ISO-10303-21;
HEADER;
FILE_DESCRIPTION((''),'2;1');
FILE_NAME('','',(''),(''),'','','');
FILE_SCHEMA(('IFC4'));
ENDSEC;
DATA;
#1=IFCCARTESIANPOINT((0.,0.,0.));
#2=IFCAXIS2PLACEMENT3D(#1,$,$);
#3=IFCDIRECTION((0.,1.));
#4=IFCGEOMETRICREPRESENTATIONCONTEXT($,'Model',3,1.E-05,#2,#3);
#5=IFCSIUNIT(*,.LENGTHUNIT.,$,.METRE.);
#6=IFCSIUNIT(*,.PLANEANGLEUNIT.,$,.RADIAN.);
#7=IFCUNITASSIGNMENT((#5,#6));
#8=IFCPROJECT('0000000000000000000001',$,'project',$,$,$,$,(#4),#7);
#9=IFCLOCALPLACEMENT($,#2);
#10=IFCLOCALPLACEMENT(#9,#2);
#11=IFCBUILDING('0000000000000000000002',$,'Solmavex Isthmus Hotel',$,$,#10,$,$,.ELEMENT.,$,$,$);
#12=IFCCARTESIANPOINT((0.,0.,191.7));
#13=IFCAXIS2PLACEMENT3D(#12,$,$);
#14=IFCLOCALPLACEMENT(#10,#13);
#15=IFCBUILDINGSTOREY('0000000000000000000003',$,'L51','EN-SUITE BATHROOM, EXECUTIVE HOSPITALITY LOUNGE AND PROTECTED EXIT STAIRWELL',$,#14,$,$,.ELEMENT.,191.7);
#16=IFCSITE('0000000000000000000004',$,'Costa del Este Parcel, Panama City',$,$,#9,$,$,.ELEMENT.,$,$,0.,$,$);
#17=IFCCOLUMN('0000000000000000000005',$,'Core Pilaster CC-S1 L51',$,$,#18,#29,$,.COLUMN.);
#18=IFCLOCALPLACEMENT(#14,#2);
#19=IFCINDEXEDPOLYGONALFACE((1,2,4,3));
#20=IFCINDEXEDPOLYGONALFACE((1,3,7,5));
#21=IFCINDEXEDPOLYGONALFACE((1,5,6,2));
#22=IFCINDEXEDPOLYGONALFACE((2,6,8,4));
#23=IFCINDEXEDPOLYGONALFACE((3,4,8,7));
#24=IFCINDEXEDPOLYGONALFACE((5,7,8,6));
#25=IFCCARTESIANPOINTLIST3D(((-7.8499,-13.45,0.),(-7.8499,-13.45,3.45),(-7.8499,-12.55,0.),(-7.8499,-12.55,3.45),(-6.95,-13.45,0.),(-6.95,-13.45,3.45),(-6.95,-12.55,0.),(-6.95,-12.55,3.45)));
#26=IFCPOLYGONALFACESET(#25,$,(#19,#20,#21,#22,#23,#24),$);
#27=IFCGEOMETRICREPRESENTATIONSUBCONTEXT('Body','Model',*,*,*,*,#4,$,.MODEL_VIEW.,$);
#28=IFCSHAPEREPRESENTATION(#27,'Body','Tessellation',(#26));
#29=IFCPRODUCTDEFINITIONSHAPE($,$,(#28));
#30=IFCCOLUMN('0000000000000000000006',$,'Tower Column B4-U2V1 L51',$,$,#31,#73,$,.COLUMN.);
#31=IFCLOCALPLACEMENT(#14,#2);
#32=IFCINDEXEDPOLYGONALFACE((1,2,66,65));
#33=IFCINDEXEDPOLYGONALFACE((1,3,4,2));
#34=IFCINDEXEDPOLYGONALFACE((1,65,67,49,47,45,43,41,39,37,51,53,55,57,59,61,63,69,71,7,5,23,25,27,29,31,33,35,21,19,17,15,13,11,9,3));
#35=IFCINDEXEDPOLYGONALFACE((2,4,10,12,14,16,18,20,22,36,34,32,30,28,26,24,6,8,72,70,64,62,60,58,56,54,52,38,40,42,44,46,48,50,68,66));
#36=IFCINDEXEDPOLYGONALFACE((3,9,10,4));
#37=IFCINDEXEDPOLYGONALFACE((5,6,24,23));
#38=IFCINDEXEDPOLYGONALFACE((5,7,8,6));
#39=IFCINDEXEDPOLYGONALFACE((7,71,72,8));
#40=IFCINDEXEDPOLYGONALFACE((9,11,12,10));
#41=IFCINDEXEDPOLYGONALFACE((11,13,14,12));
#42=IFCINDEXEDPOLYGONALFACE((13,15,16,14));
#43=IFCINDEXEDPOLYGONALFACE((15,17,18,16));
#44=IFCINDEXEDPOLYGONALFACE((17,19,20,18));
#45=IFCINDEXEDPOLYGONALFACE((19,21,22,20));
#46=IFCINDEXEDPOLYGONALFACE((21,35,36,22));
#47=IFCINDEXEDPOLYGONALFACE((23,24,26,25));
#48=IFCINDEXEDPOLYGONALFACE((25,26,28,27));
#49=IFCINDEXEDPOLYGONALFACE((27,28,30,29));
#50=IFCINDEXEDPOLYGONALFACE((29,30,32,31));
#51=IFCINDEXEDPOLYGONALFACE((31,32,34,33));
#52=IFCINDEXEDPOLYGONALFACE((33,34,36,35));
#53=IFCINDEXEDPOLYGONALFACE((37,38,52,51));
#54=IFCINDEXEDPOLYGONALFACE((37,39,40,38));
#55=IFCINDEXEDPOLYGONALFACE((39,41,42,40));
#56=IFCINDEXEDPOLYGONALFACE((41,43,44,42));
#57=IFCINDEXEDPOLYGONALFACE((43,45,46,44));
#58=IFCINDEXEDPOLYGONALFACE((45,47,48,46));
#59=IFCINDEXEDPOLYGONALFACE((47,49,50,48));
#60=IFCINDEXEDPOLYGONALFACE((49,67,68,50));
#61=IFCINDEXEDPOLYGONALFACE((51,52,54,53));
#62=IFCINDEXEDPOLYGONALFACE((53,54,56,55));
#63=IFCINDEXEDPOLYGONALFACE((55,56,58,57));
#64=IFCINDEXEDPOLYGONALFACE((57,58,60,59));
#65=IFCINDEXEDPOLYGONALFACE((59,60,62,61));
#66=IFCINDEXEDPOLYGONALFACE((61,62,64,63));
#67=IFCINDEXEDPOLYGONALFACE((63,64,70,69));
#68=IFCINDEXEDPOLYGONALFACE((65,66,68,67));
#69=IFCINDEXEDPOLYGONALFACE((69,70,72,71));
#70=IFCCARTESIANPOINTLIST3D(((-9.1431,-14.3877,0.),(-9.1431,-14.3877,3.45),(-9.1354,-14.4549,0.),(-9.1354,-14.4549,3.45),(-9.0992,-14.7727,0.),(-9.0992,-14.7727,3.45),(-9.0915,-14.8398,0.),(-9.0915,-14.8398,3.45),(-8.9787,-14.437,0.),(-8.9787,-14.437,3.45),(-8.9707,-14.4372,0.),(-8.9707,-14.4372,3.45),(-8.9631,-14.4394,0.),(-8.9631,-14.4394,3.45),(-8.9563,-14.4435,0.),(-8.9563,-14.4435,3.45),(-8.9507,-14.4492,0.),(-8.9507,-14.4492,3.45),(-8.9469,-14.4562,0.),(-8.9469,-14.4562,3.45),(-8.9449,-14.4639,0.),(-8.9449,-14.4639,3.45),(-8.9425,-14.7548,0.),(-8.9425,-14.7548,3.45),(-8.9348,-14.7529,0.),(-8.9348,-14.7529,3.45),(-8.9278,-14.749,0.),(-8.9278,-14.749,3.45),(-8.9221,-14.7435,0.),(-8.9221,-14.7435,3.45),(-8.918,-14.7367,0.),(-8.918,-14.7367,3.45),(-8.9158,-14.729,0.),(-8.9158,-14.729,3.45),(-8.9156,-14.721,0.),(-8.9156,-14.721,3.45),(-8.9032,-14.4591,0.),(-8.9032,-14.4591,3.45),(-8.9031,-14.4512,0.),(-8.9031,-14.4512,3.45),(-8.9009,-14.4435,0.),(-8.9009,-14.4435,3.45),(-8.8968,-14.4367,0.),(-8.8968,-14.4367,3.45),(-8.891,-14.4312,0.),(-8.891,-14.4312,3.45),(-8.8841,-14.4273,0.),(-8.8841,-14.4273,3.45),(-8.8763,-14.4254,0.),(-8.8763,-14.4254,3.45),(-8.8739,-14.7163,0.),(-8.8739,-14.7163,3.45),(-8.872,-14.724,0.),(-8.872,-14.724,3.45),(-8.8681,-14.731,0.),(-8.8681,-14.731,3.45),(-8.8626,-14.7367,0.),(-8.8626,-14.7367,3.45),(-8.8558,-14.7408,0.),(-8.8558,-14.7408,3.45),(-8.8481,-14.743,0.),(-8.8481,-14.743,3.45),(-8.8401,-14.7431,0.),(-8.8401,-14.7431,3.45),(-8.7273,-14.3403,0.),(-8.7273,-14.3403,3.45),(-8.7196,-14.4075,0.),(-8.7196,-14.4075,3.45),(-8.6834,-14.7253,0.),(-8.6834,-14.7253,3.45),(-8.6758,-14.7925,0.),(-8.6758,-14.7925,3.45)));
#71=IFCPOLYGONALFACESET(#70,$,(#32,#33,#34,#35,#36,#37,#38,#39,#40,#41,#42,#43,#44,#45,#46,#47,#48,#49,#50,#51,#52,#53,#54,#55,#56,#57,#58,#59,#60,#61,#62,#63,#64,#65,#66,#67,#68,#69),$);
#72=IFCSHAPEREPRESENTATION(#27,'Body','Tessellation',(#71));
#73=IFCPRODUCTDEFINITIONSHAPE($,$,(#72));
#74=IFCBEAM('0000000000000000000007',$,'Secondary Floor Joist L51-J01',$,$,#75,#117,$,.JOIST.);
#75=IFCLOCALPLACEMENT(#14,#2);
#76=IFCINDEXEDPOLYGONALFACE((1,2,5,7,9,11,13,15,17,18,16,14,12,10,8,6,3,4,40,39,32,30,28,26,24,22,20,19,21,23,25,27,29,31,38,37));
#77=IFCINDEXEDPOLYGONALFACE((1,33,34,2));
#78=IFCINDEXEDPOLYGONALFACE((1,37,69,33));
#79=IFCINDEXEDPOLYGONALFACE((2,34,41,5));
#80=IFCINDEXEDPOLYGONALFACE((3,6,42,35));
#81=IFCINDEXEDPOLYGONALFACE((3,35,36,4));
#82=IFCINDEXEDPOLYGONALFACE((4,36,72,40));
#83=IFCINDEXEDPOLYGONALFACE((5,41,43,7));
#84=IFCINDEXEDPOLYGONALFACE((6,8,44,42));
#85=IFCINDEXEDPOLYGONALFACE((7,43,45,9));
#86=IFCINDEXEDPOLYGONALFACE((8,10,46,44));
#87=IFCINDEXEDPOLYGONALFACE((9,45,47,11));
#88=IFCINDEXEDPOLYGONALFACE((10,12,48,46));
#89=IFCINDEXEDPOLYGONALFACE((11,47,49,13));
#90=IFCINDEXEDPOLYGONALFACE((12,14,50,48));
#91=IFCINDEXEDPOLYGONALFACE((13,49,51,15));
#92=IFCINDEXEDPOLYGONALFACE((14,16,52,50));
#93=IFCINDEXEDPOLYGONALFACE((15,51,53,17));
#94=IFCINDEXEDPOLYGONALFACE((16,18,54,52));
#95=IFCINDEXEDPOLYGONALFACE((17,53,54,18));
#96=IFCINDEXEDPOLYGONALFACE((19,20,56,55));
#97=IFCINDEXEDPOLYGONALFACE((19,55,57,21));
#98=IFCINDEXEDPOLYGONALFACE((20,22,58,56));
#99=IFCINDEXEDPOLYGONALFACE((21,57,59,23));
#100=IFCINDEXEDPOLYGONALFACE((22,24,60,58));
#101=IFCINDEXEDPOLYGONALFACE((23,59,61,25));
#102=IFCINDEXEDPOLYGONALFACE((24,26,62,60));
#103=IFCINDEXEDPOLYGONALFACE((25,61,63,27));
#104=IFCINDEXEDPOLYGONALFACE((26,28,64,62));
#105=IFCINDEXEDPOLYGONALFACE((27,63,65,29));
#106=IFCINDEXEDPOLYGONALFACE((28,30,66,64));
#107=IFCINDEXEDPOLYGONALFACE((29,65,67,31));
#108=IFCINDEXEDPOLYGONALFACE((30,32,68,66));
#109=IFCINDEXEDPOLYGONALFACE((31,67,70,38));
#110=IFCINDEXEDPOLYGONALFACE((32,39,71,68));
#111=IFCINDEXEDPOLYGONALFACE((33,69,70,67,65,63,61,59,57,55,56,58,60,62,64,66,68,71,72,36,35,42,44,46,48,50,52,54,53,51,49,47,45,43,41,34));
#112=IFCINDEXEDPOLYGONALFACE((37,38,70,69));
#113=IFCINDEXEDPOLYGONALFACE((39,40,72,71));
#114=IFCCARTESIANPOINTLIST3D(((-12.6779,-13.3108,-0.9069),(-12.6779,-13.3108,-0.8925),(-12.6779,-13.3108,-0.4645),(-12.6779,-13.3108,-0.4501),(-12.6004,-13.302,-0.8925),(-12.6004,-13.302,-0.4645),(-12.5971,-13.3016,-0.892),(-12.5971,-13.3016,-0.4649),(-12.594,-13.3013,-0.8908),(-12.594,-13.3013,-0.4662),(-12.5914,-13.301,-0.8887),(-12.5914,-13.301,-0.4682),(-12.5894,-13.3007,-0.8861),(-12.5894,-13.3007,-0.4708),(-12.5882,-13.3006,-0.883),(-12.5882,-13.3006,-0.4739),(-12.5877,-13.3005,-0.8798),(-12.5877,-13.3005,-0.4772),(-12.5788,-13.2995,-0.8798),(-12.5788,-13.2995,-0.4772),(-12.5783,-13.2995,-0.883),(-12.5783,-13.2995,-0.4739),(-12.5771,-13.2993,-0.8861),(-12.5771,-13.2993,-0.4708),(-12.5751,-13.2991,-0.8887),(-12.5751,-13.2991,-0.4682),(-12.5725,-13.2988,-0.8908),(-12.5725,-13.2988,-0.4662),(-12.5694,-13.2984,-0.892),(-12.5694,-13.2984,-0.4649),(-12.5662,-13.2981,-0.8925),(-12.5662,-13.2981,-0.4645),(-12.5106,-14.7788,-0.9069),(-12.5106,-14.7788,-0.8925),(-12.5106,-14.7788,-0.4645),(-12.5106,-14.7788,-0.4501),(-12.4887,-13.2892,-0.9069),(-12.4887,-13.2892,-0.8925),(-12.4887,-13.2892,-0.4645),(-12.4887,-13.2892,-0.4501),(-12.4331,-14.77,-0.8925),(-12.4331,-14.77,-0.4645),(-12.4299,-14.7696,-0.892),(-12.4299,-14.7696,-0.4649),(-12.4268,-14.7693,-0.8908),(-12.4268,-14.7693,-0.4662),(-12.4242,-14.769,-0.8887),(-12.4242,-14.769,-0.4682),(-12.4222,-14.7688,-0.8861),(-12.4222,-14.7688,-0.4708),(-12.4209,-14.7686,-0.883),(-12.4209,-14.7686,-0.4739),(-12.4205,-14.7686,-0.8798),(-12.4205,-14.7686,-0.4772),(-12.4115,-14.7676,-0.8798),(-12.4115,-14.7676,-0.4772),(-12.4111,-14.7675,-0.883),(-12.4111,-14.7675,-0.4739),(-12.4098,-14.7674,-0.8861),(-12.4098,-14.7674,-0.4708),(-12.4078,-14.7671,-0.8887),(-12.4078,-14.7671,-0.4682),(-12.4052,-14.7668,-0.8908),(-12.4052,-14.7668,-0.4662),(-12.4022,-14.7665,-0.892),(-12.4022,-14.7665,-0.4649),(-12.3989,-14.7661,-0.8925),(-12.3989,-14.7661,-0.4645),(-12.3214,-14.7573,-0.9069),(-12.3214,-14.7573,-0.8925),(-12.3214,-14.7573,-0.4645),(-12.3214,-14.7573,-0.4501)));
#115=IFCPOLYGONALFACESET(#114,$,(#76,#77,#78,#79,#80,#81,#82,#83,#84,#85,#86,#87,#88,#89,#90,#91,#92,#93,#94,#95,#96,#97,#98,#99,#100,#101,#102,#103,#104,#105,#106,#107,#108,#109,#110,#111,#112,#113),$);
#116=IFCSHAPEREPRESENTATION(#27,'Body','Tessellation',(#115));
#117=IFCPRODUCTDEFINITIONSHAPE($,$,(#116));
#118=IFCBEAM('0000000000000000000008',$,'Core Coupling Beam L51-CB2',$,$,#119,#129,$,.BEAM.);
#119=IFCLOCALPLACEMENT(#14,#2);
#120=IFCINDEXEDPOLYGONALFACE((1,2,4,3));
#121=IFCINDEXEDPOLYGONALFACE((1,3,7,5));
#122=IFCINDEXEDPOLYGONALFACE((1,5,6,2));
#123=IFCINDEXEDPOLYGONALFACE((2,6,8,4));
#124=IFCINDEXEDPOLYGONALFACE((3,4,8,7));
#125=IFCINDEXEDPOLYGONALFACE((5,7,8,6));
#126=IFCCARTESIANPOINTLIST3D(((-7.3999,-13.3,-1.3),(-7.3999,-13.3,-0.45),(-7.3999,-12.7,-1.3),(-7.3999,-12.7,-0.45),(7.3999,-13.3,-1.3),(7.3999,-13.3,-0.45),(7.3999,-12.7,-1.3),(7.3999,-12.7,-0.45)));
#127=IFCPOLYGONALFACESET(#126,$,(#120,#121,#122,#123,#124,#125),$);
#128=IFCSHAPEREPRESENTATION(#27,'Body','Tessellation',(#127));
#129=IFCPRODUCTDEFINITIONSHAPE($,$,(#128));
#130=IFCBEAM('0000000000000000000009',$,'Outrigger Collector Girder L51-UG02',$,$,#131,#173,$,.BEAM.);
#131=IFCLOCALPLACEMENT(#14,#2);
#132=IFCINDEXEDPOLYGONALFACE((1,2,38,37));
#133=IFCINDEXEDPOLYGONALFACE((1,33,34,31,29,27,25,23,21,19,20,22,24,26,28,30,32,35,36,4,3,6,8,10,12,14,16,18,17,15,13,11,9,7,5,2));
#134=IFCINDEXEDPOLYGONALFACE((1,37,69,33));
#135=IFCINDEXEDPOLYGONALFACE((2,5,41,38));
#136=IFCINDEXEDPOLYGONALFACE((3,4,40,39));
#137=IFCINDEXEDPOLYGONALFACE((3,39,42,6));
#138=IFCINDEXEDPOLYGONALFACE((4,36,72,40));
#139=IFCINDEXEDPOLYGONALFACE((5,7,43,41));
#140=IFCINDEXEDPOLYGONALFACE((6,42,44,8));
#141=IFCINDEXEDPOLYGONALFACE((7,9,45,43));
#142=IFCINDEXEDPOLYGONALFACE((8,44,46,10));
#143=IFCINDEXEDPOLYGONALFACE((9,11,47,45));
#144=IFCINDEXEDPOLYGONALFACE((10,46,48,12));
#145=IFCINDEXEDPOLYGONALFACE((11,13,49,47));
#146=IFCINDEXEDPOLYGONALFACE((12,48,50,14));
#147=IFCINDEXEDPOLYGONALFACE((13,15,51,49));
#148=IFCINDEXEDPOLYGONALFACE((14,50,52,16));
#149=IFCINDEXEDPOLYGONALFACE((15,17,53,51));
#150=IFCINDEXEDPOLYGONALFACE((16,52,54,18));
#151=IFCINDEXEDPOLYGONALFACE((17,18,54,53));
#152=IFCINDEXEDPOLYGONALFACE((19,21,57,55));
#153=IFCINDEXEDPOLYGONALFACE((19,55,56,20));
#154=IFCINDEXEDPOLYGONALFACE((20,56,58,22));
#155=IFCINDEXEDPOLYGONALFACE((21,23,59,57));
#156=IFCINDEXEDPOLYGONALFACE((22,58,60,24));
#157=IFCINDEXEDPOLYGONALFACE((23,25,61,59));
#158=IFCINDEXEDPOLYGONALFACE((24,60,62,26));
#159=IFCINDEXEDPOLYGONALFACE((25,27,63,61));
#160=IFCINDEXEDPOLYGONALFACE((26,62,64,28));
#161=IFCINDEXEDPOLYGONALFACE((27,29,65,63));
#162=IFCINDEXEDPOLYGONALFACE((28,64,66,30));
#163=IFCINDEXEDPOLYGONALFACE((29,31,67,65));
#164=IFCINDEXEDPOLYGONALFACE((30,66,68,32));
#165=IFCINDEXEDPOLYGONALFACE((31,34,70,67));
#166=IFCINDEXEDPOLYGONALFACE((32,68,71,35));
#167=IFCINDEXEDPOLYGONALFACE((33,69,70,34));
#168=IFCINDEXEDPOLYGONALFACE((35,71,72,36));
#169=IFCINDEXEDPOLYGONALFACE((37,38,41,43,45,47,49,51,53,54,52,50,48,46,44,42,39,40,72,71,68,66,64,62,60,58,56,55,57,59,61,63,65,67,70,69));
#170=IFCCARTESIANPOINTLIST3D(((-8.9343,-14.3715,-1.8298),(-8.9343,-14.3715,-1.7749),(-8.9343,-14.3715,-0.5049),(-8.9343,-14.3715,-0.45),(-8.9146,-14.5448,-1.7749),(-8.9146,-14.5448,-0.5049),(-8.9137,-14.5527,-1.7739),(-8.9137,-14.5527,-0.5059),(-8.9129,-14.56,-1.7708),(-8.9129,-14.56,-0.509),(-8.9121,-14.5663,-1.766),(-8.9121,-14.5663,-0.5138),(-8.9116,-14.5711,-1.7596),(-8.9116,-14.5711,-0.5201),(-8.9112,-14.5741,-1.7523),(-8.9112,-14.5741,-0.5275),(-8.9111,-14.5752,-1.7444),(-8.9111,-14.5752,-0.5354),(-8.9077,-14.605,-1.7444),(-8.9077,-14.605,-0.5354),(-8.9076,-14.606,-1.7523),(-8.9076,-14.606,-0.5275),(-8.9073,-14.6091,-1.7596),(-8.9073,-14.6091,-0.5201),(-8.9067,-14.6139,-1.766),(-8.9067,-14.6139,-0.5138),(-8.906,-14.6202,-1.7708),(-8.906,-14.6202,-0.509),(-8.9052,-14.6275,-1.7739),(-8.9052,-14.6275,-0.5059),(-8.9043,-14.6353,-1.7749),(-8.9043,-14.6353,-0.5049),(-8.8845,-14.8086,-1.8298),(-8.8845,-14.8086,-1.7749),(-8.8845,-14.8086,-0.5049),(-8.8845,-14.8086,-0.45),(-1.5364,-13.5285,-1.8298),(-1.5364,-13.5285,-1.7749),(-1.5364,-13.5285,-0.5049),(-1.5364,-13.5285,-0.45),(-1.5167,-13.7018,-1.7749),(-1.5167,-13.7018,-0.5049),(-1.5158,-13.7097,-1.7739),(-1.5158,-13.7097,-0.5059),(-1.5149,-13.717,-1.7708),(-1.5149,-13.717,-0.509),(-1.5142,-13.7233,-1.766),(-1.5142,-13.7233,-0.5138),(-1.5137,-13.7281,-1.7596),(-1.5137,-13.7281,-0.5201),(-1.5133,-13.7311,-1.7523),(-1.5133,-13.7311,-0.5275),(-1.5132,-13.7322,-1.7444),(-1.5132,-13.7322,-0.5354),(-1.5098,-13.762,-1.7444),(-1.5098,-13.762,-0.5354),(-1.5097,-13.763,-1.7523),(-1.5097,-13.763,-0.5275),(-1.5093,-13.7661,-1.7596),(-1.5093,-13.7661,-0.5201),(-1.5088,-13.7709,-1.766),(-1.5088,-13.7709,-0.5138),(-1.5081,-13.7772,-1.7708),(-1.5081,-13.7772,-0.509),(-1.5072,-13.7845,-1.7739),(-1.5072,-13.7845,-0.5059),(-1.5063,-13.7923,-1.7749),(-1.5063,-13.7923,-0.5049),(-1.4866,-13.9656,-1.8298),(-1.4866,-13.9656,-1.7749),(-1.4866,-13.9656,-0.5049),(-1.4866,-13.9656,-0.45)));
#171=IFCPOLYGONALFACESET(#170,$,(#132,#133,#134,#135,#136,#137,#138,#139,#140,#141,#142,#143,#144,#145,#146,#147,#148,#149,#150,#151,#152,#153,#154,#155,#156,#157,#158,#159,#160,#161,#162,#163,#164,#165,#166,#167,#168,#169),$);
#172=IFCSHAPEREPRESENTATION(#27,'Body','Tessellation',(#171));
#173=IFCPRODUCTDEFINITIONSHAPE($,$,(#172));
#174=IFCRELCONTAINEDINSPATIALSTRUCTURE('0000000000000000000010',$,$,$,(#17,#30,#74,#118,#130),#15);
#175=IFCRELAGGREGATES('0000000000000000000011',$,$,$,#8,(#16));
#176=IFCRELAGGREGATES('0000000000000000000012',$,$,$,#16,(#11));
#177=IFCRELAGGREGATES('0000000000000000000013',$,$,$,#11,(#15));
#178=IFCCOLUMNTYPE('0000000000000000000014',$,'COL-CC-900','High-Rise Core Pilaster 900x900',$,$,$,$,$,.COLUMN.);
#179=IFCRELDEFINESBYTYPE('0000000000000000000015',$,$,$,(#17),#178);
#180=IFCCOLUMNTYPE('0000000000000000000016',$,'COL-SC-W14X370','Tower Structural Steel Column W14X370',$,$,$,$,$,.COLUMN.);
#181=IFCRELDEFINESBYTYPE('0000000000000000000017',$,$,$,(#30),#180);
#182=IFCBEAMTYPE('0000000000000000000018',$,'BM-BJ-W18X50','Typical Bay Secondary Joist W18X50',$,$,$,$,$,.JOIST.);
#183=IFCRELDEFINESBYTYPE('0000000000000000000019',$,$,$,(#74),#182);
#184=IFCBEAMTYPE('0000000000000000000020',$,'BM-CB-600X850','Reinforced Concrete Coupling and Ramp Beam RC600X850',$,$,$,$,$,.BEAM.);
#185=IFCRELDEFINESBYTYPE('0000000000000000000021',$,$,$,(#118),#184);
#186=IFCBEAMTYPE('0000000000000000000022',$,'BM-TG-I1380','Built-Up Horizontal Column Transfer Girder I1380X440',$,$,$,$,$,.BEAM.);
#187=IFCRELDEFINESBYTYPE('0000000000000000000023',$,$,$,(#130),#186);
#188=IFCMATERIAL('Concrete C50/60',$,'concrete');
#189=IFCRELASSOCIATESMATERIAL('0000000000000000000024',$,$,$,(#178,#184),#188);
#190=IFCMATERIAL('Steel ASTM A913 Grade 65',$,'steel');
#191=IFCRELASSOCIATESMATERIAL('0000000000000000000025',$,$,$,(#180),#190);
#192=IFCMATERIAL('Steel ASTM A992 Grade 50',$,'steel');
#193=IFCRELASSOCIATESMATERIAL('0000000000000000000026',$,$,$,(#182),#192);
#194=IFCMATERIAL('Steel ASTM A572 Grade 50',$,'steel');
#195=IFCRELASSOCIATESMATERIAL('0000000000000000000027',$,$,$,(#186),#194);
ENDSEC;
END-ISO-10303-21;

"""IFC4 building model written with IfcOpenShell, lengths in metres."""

from ifc_helpers import new_model, si_unit, direction, frame, origin, origin_2d, place, context, subcontext, project, spatial, rectangle, i_section, extrude, material, material_profile, profile_set, type_object, element, save


model = new_model("IFC4")

# Units and contexts
model_context = context("Model", 3, precision=1e-05, world=origin(), true_north=direction((0.0, 1.0)))
body_context = subcontext(model_context, "Body", "Model", "MODEL_VIEW")
ifc_project = project(units=[si_unit("LENGTHUNIT", "METRE"), si_unit("PLANEANGLEUNIT", "RADIAN")], contexts=[model_context])

# Site, building, storey
site_placement = place(None, origin())
site = spatial("IfcSite", under=ifc_project, at=site_placement, Name="Costa del Este Parcel, Panama City", CompositionType="ELEMENT", RefElevation=0.0)
building_placement = place(site_placement, origin())
building = spatial("IfcBuilding", under=site, at=building_placement, Name="Solmavex Isthmus Hotel", CompositionType="ELEMENT")
storey_placement = place(building_placement, frame((0.0, 0.0, 191.7)))
storey = spatial("IfcBuildingStorey", under=building, at=storey_placement, Name="L51", Description="EN-SUITE BATHROOM, EXECUTIVE HOSPITALITY LOUNGE AND PROTECTED EXIT STAIRWELL", CompositionType="ELEMENT", Elevation=191.7)

# Columns
ifc_material_1 = material(Name="Concrete C50/60", Category="concrete")
ifc_material_profile_1 = material_profile(ifc_material_1, rectangle(XDim=0.8999, YDim=0.8999, at=origin_2d()), Name="RC900X900")
ifc_profile_set_1 = profile_set([ifc_material_profile_1], Name="Concrete C50/60")
column_type_1 = type_object("IfcColumnType", Name="COL-CC-900", Description="High-Rise Core Pilaster 900x900", PredefinedType="COLUMN", material=ifc_profile_set_1)
column_1_placement = place(storey_placement, frame((-7.3999, -13.0, 0.0), z_axis=(0.0, 0.0, 1.0), x_axis=(1.0, 0.0, 0.0)))
element("IfcColumn", 1, at=column_1_placement, inside=storey, type_object=column_type_1, Name="Core Pilaster CC-S1 L51", PredefinedType="COLUMN", context=body_context, shape_type="SweptSolid", body=[
    extrude(rectangle(XDim=0.8999, YDim=0.8999, at=origin_2d()), origin(), (0.0, 0.0, 1.0), 3.45),
])
ifc_material_2 = material(Name="Steel ASTM A913 Grade 65", Category="steel")
ifc_material_profile_2 = material_profile(ifc_material_2, i_section(OverallWidth=0.4185, OverallDepth=0.4551, WebThickness=0.042, FlangeThickness=0.0676, FilletRadius=0.0305, at=origin_2d()), Name="W14X370")
ifc_profile_set_2 = profile_set([ifc_material_profile_2], Name="Steel ASTM A913 Grade 65")
column_type_2 = type_object("IfcColumnType", Name="COL-SC-W14X370", Description="Tower Structural Steel Column W14X370", PredefinedType="COLUMN", material=ifc_profile_set_2)
column_2_placement = place(storey_placement, frame((-8.9094, -14.5901, 0.0), z_axis=(0.0, 0.0, 1.0), x_axis=(0.993572, 0.113203, 0.0)))
element("IfcColumn", 2, at=column_2_placement, inside=storey, type_object=column_type_2, Name="Tower Column B4-U2V1 L51", PredefinedType="COLUMN", context=body_context, shape_type="SweptSolid", body=[
    extrude(i_section(OverallWidth=0.4185, OverallDepth=0.4551, WebThickness=0.042, FlangeThickness=0.0676, FilletRadius=0.0305, at=origin_2d()), origin(), (0.0, 0.0, 1.0), 3.45),
])

# Beams
ifc_material_3 = material(Name="Steel ASTM A992 Grade 50", Category="steel")
ifc_material_profile_3 = material_profile(ifc_material_3, i_section(OverallWidth=0.1904, OverallDepth=0.4568, WebThickness=0.009, FlangeThickness=0.0144, FilletRadius=0.0127, at=origin_2d()), Name="W18X50")
ifc_profile_set_3 = profile_set([ifc_material_profile_3], Name="Steel ASTM A992 Grade 50")
beam_type_1 = type_object("IfcBeamType", Name="BM-BJ-W18X50", Description="Typical Bay Secondary Joist W18X50", PredefinedType="JOIST", material=ifc_profile_set_3)
beam_1_placement = place(storey_placement, frame((-12.416, -14.7681, -0.6785), z_axis=(-0.113188, 0.993574, 0.0), x_axis=(-0.993574, -0.113188, 0.0)))
element("IfcBeam", 3, at=beam_1_placement, inside=storey, type_object=beam_type_1, Name="Secondary Floor Joist L51-J01", PredefinedType="JOIST", context=body_context, shape_type="SweptSolid", body=[
    extrude(i_section(OverallWidth=0.1904, OverallDepth=0.4568, WebThickness=0.009, FlangeThickness=0.0144, FilletRadius=0.0127, at=origin_2d()), origin(), (0.0, 0.0, 1.0), 1.4775),
])
ifc_material_profile_4 = material_profile(ifc_material_1, rectangle(XDim=0.6001, YDim=0.8501, at=origin_2d()), Name="RC600X850")
ifc_profile_set_4 = profile_set([ifc_material_profile_4], Name="Concrete C50/60")
beam_type_2 = type_object("IfcBeamType", Name="BM-CB-600X850", Description="Reinforced Concrete Coupling and Ramp Beam RC600X850", PredefinedType="BEAM", material=ifc_profile_set_4)
beam_2_placement = place(storey_placement, frame((-7.3999, -13.0, -0.875), z_axis=(1.0, 0.0, 0.0), x_axis=(0.0, 1.0, 0.0)))
element("IfcBeam", 4, at=beam_2_placement, inside=storey, type_object=beam_type_2, Name="Core Coupling Beam L51-CB2", PredefinedType="BEAM", context=body_context, shape_type="SweptSolid", body=[
    extrude(rectangle(XDim=0.6001, YDim=0.8501, at=origin_2d()), origin(), (0.0, 0.0, 1.0), 14.7998),
])
ifc_material_4 = material(Name="Steel ASTM A572 Grade 50", Category="steel")
ifc_material_profile_5 = material_profile(ifc_material_4, i_section(OverallWidth=0.4399, OverallDepth=1.3799, WebThickness=0.03, FlangeThickness=0.0549, FilletRadius=0.0305, at=origin_2d()), Name="I1380X440")
ifc_profile_set_5 = profile_set([ifc_material_profile_5], Name="Steel ASTM A572 Grade 50")
beam_type_3 = type_object("IfcBeamType", Name="BM-TG-I1380", Description="Built-Up Horizontal Column Transfer Girder I1380X440", PredefinedType="BEAM", material=ifc_profile_set_5)
beam_3_placement = place(storey_placement, frame((-8.9094, -14.5901, -1.1399), z_axis=(0.99357, 0.11322, 0.0), x_axis=(-0.11322, 0.99357, 0.0)))
element("IfcBeam", 5, at=beam_3_placement, inside=storey, type_object=beam_type_3, Name="Outrigger Collector Girder L51-UG02", PredefinedType="BEAM", context=body_context, shape_type="SweptSolid", body=[
    extrude(i_section(OverallWidth=0.4399, OverallDepth=1.3799, WebThickness=0.03, FlangeThickness=0.0549, FilletRadius=0.0305, at=origin_2d()), origin(), (0.0, 0.0, 1.0), 7.4458),
])

save(model, "model.ifc")
